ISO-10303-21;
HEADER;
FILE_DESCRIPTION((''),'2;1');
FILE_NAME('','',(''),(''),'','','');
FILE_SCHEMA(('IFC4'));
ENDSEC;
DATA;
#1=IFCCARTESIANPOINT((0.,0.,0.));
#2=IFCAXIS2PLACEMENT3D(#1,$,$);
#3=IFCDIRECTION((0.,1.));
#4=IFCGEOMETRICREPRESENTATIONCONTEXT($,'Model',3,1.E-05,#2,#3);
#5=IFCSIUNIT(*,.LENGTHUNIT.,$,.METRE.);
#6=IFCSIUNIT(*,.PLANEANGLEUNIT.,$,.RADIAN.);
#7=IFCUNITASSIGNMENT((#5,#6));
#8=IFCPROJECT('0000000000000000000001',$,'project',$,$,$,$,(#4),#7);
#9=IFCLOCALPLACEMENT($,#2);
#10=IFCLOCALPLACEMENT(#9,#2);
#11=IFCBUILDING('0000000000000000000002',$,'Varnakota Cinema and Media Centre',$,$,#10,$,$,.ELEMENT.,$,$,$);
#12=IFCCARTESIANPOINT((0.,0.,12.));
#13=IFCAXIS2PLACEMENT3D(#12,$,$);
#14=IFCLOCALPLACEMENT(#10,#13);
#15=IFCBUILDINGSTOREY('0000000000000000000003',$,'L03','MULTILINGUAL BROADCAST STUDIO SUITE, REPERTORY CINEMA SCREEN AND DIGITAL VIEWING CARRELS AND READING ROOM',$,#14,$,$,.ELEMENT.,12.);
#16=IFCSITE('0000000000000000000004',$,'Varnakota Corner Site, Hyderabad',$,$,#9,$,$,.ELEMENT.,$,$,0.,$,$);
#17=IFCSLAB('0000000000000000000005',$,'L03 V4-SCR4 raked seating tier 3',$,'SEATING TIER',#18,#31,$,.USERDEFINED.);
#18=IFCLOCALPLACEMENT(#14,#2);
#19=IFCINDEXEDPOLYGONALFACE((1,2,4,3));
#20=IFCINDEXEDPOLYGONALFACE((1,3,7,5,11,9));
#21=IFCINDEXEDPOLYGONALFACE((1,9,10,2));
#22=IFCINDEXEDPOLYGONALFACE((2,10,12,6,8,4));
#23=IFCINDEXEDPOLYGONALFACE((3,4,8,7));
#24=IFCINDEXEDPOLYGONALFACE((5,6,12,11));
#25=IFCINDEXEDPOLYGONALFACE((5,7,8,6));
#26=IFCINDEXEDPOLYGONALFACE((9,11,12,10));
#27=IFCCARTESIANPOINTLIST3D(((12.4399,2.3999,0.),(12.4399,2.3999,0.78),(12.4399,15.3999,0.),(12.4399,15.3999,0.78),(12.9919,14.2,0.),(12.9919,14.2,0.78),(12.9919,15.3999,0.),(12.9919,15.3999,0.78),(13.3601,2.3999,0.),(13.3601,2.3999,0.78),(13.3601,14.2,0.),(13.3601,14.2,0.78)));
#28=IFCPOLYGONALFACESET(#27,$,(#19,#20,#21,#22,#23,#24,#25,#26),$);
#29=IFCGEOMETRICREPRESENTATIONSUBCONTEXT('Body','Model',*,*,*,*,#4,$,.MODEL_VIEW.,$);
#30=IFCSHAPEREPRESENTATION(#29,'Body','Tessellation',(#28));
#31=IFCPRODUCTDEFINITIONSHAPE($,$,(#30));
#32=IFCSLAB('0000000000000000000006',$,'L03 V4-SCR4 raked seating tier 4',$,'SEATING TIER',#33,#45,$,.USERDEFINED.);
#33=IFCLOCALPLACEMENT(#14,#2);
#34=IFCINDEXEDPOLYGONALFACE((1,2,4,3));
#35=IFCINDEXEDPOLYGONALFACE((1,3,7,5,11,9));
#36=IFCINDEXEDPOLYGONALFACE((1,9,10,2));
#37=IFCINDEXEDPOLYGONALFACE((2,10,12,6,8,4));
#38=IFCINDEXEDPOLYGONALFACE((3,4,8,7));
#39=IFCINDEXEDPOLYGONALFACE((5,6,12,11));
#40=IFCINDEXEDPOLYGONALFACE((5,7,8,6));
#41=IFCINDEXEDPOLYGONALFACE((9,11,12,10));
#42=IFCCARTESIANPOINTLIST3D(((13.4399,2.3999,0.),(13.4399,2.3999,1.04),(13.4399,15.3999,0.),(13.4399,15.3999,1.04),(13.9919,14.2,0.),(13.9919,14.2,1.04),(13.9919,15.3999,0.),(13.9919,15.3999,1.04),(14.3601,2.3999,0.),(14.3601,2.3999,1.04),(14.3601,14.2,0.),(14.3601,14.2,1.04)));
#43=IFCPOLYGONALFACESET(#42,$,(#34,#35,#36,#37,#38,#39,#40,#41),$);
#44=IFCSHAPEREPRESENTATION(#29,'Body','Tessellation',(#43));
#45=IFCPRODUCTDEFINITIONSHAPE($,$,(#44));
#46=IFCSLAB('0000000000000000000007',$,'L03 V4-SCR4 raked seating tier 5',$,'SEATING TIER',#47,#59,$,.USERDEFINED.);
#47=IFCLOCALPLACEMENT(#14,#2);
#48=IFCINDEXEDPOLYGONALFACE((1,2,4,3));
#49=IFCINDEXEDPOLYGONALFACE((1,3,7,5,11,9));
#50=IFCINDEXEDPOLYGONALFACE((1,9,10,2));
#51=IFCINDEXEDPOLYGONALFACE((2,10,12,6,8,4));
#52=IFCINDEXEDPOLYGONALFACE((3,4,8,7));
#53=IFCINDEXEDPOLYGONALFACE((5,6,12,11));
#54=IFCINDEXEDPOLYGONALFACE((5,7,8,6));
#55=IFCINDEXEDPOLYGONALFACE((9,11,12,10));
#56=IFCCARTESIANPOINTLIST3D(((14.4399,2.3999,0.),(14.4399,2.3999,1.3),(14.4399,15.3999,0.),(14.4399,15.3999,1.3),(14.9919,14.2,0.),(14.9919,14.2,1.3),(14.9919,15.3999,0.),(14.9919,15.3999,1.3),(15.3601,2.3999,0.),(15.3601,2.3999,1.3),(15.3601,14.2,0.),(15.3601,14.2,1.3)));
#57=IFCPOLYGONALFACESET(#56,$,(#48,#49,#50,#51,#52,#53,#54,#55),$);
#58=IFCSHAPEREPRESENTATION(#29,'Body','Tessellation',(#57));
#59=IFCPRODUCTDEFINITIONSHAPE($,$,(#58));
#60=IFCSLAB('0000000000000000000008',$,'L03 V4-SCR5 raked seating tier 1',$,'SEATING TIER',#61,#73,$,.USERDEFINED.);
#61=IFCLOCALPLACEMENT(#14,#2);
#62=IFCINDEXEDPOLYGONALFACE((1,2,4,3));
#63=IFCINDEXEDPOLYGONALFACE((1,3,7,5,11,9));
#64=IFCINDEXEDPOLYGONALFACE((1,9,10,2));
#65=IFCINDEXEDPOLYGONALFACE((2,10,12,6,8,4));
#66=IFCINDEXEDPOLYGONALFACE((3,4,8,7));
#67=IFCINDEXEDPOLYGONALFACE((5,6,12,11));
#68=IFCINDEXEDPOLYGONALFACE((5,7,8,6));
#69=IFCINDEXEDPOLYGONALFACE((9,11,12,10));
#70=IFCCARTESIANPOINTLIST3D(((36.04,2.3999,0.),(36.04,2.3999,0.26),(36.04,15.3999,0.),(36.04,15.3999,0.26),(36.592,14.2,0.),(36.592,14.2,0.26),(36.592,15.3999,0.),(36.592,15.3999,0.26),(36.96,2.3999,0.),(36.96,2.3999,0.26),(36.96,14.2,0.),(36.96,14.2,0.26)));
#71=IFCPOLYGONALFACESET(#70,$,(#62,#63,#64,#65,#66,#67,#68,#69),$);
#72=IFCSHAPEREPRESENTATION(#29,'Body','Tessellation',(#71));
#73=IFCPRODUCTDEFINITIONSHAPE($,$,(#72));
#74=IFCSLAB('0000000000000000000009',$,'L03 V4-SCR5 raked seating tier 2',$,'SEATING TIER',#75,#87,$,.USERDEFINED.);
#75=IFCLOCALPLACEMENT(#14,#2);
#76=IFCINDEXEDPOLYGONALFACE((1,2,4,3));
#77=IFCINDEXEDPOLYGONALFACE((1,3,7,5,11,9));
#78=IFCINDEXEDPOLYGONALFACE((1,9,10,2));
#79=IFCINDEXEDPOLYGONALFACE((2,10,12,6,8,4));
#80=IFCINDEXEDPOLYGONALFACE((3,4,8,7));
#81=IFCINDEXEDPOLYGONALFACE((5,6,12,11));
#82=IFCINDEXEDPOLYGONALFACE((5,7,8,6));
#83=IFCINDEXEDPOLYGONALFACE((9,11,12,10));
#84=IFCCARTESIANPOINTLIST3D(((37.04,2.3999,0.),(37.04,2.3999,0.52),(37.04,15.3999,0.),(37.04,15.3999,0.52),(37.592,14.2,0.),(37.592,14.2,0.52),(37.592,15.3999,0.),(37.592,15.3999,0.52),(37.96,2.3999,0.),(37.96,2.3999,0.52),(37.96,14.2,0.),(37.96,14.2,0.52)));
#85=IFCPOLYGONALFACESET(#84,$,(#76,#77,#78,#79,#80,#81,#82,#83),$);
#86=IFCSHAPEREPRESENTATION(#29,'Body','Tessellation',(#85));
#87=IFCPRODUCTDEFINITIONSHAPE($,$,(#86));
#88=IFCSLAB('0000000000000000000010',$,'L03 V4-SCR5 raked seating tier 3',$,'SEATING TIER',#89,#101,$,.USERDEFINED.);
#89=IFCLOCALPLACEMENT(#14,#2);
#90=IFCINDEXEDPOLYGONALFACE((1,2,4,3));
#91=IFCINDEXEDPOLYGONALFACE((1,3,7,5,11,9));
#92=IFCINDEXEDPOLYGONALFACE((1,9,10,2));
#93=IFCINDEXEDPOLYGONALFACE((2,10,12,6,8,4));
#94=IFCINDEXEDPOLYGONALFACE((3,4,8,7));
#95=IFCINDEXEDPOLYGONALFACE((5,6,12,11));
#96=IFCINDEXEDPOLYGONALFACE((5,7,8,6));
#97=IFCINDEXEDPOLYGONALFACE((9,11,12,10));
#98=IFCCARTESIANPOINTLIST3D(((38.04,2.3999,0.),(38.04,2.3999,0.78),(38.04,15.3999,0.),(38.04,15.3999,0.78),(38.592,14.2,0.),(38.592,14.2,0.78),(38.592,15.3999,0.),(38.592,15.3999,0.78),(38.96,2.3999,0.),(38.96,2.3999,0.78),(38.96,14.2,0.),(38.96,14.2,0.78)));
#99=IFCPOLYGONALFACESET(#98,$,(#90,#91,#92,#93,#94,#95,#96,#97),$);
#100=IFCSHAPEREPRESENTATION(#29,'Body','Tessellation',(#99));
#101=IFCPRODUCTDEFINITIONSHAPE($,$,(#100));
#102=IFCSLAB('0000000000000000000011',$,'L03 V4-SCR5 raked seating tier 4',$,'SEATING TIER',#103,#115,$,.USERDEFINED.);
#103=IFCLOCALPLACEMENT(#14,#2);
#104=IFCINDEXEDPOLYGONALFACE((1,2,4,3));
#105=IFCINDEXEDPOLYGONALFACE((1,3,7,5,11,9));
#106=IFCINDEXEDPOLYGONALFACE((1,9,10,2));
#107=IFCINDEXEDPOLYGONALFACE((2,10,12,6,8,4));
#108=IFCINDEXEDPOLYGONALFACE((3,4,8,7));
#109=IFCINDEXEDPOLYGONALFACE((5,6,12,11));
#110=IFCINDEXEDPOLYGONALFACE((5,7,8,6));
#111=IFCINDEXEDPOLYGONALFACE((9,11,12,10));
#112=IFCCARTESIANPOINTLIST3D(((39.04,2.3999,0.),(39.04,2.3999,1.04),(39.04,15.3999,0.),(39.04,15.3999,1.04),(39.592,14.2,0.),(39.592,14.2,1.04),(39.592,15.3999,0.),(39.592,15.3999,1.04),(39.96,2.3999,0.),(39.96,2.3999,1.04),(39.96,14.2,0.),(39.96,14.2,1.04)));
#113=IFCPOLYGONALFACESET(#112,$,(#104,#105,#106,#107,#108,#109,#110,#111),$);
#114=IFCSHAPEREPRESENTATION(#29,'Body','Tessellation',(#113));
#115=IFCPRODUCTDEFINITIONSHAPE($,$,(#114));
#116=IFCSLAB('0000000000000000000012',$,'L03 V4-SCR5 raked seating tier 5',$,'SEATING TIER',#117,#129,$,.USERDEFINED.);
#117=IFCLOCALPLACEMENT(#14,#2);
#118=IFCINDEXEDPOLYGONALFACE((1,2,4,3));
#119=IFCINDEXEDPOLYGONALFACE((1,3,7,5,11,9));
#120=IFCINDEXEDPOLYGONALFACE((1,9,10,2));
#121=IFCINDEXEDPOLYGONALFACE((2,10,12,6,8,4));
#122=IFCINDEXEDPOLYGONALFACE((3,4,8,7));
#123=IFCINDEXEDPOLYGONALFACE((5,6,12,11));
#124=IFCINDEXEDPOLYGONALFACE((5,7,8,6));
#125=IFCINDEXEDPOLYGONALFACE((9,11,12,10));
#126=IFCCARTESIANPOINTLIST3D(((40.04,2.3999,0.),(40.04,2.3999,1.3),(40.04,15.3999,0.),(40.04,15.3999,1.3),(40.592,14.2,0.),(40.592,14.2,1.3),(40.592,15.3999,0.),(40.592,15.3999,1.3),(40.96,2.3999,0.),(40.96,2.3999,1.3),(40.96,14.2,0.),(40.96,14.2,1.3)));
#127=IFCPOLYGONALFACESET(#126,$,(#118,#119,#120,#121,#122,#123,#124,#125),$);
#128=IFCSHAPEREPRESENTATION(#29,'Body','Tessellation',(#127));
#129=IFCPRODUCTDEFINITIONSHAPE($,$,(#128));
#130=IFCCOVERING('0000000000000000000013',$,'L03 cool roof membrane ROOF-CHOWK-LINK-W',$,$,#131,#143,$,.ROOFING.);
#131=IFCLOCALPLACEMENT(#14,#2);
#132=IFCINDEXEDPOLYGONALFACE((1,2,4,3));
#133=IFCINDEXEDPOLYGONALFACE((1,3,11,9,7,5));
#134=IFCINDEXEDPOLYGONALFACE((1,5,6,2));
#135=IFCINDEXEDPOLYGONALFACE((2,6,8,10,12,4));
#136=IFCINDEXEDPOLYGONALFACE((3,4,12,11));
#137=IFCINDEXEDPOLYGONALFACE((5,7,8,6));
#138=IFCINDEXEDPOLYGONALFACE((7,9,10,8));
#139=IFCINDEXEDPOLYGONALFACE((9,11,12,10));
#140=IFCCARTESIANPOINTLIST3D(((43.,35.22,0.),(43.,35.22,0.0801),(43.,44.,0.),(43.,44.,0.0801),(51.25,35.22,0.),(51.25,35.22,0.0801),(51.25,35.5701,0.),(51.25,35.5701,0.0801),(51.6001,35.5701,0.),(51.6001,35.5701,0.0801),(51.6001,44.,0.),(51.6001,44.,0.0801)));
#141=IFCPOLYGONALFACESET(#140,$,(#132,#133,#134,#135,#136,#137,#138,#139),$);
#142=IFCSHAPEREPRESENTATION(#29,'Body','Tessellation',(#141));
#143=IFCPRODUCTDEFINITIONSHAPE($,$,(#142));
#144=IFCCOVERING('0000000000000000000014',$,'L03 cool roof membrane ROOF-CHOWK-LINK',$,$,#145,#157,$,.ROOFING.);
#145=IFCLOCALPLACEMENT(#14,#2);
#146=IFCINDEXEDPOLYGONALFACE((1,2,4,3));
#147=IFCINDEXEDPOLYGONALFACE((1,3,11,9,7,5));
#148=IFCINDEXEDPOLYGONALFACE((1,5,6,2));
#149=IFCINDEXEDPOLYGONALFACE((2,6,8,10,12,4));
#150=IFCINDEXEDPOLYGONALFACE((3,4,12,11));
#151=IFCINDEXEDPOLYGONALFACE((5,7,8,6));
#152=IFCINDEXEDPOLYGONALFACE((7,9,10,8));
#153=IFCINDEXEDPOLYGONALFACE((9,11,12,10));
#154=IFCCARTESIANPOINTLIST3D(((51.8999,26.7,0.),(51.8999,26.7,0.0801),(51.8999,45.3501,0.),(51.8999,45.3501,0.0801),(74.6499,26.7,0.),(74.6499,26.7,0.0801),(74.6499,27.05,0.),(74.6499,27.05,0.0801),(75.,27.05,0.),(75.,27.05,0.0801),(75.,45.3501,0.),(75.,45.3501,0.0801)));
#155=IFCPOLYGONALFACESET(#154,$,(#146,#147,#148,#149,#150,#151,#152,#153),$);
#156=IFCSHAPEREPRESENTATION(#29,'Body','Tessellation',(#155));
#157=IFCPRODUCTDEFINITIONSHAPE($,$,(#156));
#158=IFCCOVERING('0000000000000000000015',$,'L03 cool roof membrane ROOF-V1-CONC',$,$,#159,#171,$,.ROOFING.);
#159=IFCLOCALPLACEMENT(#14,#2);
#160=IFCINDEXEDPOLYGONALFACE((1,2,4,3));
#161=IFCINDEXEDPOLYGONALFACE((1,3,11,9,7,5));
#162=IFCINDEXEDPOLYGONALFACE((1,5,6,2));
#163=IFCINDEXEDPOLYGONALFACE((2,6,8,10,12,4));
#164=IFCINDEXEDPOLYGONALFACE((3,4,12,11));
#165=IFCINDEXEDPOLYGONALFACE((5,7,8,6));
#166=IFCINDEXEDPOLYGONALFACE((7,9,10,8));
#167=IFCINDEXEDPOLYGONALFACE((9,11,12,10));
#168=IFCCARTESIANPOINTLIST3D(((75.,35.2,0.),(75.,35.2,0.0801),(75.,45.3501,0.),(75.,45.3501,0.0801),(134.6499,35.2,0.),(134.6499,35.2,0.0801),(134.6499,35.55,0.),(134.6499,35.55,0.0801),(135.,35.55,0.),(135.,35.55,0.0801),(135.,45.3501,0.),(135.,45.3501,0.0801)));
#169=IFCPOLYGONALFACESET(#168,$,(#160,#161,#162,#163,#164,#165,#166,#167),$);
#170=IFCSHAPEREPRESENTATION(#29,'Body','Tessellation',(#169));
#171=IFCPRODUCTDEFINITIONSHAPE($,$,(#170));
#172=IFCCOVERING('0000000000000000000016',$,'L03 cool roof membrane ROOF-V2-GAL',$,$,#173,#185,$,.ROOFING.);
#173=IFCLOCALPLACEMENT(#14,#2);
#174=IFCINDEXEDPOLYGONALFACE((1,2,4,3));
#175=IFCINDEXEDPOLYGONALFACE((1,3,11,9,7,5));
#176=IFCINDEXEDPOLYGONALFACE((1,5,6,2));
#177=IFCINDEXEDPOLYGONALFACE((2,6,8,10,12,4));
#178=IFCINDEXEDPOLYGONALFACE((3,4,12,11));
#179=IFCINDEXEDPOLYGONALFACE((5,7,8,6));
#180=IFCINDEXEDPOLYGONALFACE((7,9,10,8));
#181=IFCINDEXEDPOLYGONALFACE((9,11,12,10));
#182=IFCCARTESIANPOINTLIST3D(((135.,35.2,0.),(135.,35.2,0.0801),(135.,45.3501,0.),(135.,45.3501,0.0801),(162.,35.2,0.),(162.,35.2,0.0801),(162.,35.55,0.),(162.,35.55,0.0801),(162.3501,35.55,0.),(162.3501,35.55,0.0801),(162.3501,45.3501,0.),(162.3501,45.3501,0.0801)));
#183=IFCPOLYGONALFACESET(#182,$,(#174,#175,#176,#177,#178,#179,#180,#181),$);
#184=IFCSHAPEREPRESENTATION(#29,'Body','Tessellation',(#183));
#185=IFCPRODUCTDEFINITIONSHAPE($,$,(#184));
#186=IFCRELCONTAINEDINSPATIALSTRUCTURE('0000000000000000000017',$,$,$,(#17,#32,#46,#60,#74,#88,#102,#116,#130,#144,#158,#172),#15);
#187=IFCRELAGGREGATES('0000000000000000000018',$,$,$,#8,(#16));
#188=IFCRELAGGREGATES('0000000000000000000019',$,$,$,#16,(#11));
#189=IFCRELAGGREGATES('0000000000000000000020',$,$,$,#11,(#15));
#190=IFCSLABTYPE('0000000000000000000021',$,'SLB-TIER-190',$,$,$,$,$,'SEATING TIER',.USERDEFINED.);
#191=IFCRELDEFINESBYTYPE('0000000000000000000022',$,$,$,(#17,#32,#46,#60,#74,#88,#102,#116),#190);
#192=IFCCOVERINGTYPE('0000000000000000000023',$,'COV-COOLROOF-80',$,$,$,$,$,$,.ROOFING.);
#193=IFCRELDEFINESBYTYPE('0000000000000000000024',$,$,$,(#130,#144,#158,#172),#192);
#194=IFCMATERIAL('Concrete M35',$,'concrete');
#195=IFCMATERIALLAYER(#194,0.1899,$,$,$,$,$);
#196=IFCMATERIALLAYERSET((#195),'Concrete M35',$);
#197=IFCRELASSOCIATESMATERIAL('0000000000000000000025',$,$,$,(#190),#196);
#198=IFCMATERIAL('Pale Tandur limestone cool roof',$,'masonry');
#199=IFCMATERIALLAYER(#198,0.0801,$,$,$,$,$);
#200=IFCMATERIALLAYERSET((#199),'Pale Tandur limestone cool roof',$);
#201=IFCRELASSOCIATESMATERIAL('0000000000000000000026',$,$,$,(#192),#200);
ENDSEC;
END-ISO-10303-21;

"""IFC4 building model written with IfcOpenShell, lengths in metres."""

from ifc_helpers import new_model, si_unit, direction, frame, origin, place, context, subcontext, project, spatial, polyline, outline, extrude, material, layer, layer_set, type_object, element, save


model = new_model("IFC4")

# Units and contexts
model_context = context("Model", 3, precision=1e-05, world=origin(), true_north=direction((0.0, 1.0)))
body_context = subcontext(model_context, "Body", "Model", "MODEL_VIEW")
ifc_project = project(units=[si_unit("LENGTHUNIT", "METRE"), si_unit("PLANEANGLEUNIT", "RADIAN")], contexts=[model_context])

# Site, building, storey
site_placement = place(None, origin())
site = spatial("IfcSite", under=ifc_project, at=site_placement, Name="Varnakota Corner Site, Hyderabad", CompositionType="ELEMENT", RefElevation=0.0)
building_placement = place(site_placement, origin())
building = spatial("IfcBuilding", under=site, at=building_placement, Name="Varnakota Cinema and Media Centre", CompositionType="ELEMENT")
storey_placement = place(building_placement, frame((0.0, 0.0, 12.0)))
storey = spatial("IfcBuildingStorey", under=building, at=storey_placement, Name="L03", Description="MULTILINGUAL BROADCAST STUDIO SUITE, REPERTORY CINEMA SCREEN AND DIGITAL VIEWING CARRELS AND READING ROOM", CompositionType="ELEMENT", Elevation=12.0)

# Slabs
ifc_material_1 = material(Name="Concrete M35", Category="concrete")
ifc_layer_1 = layer(ifc_material_1, 0.1899)
ifc_layer_set_1 = layer_set([ifc_layer_1], Name="Concrete M35")
slab_type_1 = type_object("IfcSlabType", Name="SLB-TIER-190", ElementType="SEATING TIER", PredefinedType="USERDEFINED", material=ifc_layer_set_1)
slab_1_placement = place(storey_placement, origin())
element("IfcSlab", 1, at=slab_1_placement, inside=storey, type_object=slab_type_1, Name="L03 V4-SCR4 raked seating tier 3", ObjectType="SEATING TIER", PredefinedType="USERDEFINED", context=body_context, shape_type="SweptSolid", body=[
    extrude(outline(polyline([(12.4399, 2.3999), (13.3601, 2.3999), (13.3601, 14.2), (12.9919, 14.2), (12.9919, 15.3999), (12.4399, 15.3999), (12.4399, 2.3999)])), origin(), (0.0, 0.0, 1.0), 0.78),
])
slab_2_placement = place(storey_placement, origin())
element("IfcSlab", 2, at=slab_2_placement, inside=storey, type_object=slab_type_1, Name="L03 V4-SCR4 raked seating tier 4", ObjectType="SEATING TIER", PredefinedType="USERDEFINED", context=body_context, shape_type="SweptSolid", body=[
    extrude(outline(polyline([(13.4399, 2.3999), (14.3601, 2.3999), (14.3601, 14.2), (13.9919, 14.2), (13.9919, 15.3999), (13.4399, 15.3999), (13.4399, 2.3999)])), origin(), (0.0, 0.0, 1.0), 1.04),
])
slab_3_placement = place(storey_placement, origin())
element("IfcSlab", 3, at=slab_3_placement, inside=storey, type_object=slab_type_1, Name="L03 V4-SCR4 raked seating tier 5", ObjectType="SEATING TIER", PredefinedType="USERDEFINED", context=body_context, shape_type="SweptSolid", body=[
    extrude(outline(polyline([(14.4399, 2.3999), (15.3601, 2.3999), (15.3601, 14.2), (14.9919, 14.2), (14.9919, 15.3999), (14.4399, 15.3999), (14.4399, 2.3999)])), origin(), (0.0, 0.0, 1.0), 1.3),
])
slab_4_placement = place(storey_placement, origin())
element("IfcSlab", 4, at=slab_4_placement, inside=storey, type_object=slab_type_1, Name="L03 V4-SCR5 raked seating tier 1", ObjectType="SEATING TIER", PredefinedType="USERDEFINED", context=body_context, shape_type="SweptSolid", body=[
    extrude(outline(polyline([(36.04, 2.3999), (36.96, 2.3999), (36.96, 14.2), (36.592, 14.2), (36.592, 15.3999), (36.04, 15.3999), (36.04, 2.3999)])), origin(), (0.0, 0.0, 1.0), 0.26),
])
slab_5_placement = place(storey_placement, origin())
element("IfcSlab", 5, at=slab_5_placement, inside=storey, type_object=slab_type_1, Name="L03 V4-SCR5 raked seating tier 2", ObjectType="SEATING TIER", PredefinedType="USERDEFINED", context=body_context, shape_type="SweptSolid", body=[
    extrude(outline(polyline([(37.04, 2.3999), (37.96, 2.3999), (37.96, 14.2), (37.592, 14.2), (37.592, 15.3999), (37.04, 15.3999), (37.04, 2.3999)])), origin(), (0.0, 0.0, 1.0), 0.52),
])
slab_6_placement = place(storey_placement, origin())
element("IfcSlab", 6, at=slab_6_placement, inside=storey, type_object=slab_type_1, Name="L03 V4-SCR5 raked seating tier 3", ObjectType="SEATING TIER", PredefinedType="USERDEFINED", context=body_context, shape_type="SweptSolid", body=[
    extrude(outline(polyline([(38.04, 2.3999), (38.96, 2.3999), (38.96, 14.2), (38.592, 14.2), (38.592, 15.3999), (38.04, 15.3999), (38.04, 2.3999)])), origin(), (0.0, 0.0, 1.0), 0.78),
])
slab_7_placement = place(storey_placement, origin())
element("IfcSlab", 7, at=slab_7_placement, inside=storey, type_object=slab_type_1, Name="L03 V4-SCR5 raked seating tier 4", ObjectType="SEATING TIER", PredefinedType="USERDEFINED", context=body_context, shape_type="SweptSolid", body=[
    extrude(outline(polyline([(39.04, 2.3999), (39.96, 2.3999), (39.96, 14.2), (39.592, 14.2), (39.592, 15.3999), (39.04, 15.3999), (39.04, 2.3999)])), origin(), (0.0, 0.0, 1.0), 1.04),
])
slab_8_placement = place(storey_placement, origin())
element("IfcSlab", 8, at=slab_8_placement, inside=storey, type_object=slab_type_1, Name="L03 V4-SCR5 raked seating tier 5", ObjectType="SEATING TIER", PredefinedType="USERDEFINED", context=body_context, shape_type="SweptSolid", body=[
    extrude(outline(polyline([(40.04, 2.3999), (40.96, 2.3999), (40.96, 14.2), (40.592, 14.2), (40.592, 15.3999), (40.04, 15.3999), (40.04, 2.3999)])), origin(), (0.0, 0.0, 1.0), 1.3),
])

# Coverings
ifc_material_2 = material(Name="Pale Tandur limestone cool roof", Category="masonry")
ifc_layer_2 = layer(ifc_material_2, 0.0801)
ifc_layer_set_2 = layer_set([ifc_layer_2], Name="Pale Tandur limestone cool roof")
covering_type = type_object("IfcCoveringType", Name="COV-COOLROOF-80", PredefinedType="ROOFING", material=ifc_layer_set_2)
covering_1_placement = place(storey_placement, origin())
element("IfcCovering", 9, at=covering_1_placement, inside=storey, type_object=covering_type, Name="L03 cool roof membrane ROOF-CHOWK-LINK-W", PredefinedType="ROOFING", context=body_context, shape_type="SweptSolid", body=[
    extrude(outline(polyline([(43.0, 35.22), (51.25, 35.22), (51.25, 35.5701), (51.6001, 35.5701), (51.6001, 44.0), (43.0, 44.0), (43.0, 35.22)])), origin(), (0.0, 0.0, 1.0), 0.0801),
])
covering_2_placement = place(storey_placement, origin())
element("IfcCovering", 10, at=covering_2_placement, inside=storey, type_object=covering_type, Name="L03 cool roof membrane ROOF-CHOWK-LINK", PredefinedType="ROOFING", context=body_context, shape_type="SweptSolid", body=[
    extrude(outline(polyline([(51.8999, 26.7), (74.6499, 26.7), (74.6499, 27.05), (75.0, 27.05), (75.0, 45.3501), (51.8999, 45.3501), (51.8999, 26.7)])), origin(), (0.0, 0.0, 1.0), 0.0801),
])
covering_3_placement = place(storey_placement, origin())
element("IfcCovering", 11, at=covering_3_placement, inside=storey, type_object=covering_type, Name="L03 cool roof membrane ROOF-V1-CONC", PredefinedType="ROOFING", context=body_context, shape_type="SweptSolid", body=[
    extrude(outline(polyline([(75.0, 35.2), (134.6499, 35.2), (134.6499, 35.55), (135.0, 35.55), (135.0, 45.3501), (75.0, 45.3501), (75.0, 35.2)])), origin(), (0.0, 0.0, 1.0), 0.0801),
])
covering_4_placement = place(storey_placement, origin())
element("IfcCovering", 12, at=covering_4_placement, inside=storey, type_object=covering_type, Name="L03 cool roof membrane ROOF-V2-GAL", PredefinedType="ROOFING", context=body_context, shape_type="SweptSolid", body=[
    extrude(outline(polyline([(135.0, 35.2), (162.0, 35.2), (162.0, 35.55), (162.3501, 35.55), (162.3501, 45.3501), (135.0, 45.3501), (135.0, 35.2)])), origin(), (0.0, 0.0, 1.0), 0.0801),
])

save(model, "model.ifc")
